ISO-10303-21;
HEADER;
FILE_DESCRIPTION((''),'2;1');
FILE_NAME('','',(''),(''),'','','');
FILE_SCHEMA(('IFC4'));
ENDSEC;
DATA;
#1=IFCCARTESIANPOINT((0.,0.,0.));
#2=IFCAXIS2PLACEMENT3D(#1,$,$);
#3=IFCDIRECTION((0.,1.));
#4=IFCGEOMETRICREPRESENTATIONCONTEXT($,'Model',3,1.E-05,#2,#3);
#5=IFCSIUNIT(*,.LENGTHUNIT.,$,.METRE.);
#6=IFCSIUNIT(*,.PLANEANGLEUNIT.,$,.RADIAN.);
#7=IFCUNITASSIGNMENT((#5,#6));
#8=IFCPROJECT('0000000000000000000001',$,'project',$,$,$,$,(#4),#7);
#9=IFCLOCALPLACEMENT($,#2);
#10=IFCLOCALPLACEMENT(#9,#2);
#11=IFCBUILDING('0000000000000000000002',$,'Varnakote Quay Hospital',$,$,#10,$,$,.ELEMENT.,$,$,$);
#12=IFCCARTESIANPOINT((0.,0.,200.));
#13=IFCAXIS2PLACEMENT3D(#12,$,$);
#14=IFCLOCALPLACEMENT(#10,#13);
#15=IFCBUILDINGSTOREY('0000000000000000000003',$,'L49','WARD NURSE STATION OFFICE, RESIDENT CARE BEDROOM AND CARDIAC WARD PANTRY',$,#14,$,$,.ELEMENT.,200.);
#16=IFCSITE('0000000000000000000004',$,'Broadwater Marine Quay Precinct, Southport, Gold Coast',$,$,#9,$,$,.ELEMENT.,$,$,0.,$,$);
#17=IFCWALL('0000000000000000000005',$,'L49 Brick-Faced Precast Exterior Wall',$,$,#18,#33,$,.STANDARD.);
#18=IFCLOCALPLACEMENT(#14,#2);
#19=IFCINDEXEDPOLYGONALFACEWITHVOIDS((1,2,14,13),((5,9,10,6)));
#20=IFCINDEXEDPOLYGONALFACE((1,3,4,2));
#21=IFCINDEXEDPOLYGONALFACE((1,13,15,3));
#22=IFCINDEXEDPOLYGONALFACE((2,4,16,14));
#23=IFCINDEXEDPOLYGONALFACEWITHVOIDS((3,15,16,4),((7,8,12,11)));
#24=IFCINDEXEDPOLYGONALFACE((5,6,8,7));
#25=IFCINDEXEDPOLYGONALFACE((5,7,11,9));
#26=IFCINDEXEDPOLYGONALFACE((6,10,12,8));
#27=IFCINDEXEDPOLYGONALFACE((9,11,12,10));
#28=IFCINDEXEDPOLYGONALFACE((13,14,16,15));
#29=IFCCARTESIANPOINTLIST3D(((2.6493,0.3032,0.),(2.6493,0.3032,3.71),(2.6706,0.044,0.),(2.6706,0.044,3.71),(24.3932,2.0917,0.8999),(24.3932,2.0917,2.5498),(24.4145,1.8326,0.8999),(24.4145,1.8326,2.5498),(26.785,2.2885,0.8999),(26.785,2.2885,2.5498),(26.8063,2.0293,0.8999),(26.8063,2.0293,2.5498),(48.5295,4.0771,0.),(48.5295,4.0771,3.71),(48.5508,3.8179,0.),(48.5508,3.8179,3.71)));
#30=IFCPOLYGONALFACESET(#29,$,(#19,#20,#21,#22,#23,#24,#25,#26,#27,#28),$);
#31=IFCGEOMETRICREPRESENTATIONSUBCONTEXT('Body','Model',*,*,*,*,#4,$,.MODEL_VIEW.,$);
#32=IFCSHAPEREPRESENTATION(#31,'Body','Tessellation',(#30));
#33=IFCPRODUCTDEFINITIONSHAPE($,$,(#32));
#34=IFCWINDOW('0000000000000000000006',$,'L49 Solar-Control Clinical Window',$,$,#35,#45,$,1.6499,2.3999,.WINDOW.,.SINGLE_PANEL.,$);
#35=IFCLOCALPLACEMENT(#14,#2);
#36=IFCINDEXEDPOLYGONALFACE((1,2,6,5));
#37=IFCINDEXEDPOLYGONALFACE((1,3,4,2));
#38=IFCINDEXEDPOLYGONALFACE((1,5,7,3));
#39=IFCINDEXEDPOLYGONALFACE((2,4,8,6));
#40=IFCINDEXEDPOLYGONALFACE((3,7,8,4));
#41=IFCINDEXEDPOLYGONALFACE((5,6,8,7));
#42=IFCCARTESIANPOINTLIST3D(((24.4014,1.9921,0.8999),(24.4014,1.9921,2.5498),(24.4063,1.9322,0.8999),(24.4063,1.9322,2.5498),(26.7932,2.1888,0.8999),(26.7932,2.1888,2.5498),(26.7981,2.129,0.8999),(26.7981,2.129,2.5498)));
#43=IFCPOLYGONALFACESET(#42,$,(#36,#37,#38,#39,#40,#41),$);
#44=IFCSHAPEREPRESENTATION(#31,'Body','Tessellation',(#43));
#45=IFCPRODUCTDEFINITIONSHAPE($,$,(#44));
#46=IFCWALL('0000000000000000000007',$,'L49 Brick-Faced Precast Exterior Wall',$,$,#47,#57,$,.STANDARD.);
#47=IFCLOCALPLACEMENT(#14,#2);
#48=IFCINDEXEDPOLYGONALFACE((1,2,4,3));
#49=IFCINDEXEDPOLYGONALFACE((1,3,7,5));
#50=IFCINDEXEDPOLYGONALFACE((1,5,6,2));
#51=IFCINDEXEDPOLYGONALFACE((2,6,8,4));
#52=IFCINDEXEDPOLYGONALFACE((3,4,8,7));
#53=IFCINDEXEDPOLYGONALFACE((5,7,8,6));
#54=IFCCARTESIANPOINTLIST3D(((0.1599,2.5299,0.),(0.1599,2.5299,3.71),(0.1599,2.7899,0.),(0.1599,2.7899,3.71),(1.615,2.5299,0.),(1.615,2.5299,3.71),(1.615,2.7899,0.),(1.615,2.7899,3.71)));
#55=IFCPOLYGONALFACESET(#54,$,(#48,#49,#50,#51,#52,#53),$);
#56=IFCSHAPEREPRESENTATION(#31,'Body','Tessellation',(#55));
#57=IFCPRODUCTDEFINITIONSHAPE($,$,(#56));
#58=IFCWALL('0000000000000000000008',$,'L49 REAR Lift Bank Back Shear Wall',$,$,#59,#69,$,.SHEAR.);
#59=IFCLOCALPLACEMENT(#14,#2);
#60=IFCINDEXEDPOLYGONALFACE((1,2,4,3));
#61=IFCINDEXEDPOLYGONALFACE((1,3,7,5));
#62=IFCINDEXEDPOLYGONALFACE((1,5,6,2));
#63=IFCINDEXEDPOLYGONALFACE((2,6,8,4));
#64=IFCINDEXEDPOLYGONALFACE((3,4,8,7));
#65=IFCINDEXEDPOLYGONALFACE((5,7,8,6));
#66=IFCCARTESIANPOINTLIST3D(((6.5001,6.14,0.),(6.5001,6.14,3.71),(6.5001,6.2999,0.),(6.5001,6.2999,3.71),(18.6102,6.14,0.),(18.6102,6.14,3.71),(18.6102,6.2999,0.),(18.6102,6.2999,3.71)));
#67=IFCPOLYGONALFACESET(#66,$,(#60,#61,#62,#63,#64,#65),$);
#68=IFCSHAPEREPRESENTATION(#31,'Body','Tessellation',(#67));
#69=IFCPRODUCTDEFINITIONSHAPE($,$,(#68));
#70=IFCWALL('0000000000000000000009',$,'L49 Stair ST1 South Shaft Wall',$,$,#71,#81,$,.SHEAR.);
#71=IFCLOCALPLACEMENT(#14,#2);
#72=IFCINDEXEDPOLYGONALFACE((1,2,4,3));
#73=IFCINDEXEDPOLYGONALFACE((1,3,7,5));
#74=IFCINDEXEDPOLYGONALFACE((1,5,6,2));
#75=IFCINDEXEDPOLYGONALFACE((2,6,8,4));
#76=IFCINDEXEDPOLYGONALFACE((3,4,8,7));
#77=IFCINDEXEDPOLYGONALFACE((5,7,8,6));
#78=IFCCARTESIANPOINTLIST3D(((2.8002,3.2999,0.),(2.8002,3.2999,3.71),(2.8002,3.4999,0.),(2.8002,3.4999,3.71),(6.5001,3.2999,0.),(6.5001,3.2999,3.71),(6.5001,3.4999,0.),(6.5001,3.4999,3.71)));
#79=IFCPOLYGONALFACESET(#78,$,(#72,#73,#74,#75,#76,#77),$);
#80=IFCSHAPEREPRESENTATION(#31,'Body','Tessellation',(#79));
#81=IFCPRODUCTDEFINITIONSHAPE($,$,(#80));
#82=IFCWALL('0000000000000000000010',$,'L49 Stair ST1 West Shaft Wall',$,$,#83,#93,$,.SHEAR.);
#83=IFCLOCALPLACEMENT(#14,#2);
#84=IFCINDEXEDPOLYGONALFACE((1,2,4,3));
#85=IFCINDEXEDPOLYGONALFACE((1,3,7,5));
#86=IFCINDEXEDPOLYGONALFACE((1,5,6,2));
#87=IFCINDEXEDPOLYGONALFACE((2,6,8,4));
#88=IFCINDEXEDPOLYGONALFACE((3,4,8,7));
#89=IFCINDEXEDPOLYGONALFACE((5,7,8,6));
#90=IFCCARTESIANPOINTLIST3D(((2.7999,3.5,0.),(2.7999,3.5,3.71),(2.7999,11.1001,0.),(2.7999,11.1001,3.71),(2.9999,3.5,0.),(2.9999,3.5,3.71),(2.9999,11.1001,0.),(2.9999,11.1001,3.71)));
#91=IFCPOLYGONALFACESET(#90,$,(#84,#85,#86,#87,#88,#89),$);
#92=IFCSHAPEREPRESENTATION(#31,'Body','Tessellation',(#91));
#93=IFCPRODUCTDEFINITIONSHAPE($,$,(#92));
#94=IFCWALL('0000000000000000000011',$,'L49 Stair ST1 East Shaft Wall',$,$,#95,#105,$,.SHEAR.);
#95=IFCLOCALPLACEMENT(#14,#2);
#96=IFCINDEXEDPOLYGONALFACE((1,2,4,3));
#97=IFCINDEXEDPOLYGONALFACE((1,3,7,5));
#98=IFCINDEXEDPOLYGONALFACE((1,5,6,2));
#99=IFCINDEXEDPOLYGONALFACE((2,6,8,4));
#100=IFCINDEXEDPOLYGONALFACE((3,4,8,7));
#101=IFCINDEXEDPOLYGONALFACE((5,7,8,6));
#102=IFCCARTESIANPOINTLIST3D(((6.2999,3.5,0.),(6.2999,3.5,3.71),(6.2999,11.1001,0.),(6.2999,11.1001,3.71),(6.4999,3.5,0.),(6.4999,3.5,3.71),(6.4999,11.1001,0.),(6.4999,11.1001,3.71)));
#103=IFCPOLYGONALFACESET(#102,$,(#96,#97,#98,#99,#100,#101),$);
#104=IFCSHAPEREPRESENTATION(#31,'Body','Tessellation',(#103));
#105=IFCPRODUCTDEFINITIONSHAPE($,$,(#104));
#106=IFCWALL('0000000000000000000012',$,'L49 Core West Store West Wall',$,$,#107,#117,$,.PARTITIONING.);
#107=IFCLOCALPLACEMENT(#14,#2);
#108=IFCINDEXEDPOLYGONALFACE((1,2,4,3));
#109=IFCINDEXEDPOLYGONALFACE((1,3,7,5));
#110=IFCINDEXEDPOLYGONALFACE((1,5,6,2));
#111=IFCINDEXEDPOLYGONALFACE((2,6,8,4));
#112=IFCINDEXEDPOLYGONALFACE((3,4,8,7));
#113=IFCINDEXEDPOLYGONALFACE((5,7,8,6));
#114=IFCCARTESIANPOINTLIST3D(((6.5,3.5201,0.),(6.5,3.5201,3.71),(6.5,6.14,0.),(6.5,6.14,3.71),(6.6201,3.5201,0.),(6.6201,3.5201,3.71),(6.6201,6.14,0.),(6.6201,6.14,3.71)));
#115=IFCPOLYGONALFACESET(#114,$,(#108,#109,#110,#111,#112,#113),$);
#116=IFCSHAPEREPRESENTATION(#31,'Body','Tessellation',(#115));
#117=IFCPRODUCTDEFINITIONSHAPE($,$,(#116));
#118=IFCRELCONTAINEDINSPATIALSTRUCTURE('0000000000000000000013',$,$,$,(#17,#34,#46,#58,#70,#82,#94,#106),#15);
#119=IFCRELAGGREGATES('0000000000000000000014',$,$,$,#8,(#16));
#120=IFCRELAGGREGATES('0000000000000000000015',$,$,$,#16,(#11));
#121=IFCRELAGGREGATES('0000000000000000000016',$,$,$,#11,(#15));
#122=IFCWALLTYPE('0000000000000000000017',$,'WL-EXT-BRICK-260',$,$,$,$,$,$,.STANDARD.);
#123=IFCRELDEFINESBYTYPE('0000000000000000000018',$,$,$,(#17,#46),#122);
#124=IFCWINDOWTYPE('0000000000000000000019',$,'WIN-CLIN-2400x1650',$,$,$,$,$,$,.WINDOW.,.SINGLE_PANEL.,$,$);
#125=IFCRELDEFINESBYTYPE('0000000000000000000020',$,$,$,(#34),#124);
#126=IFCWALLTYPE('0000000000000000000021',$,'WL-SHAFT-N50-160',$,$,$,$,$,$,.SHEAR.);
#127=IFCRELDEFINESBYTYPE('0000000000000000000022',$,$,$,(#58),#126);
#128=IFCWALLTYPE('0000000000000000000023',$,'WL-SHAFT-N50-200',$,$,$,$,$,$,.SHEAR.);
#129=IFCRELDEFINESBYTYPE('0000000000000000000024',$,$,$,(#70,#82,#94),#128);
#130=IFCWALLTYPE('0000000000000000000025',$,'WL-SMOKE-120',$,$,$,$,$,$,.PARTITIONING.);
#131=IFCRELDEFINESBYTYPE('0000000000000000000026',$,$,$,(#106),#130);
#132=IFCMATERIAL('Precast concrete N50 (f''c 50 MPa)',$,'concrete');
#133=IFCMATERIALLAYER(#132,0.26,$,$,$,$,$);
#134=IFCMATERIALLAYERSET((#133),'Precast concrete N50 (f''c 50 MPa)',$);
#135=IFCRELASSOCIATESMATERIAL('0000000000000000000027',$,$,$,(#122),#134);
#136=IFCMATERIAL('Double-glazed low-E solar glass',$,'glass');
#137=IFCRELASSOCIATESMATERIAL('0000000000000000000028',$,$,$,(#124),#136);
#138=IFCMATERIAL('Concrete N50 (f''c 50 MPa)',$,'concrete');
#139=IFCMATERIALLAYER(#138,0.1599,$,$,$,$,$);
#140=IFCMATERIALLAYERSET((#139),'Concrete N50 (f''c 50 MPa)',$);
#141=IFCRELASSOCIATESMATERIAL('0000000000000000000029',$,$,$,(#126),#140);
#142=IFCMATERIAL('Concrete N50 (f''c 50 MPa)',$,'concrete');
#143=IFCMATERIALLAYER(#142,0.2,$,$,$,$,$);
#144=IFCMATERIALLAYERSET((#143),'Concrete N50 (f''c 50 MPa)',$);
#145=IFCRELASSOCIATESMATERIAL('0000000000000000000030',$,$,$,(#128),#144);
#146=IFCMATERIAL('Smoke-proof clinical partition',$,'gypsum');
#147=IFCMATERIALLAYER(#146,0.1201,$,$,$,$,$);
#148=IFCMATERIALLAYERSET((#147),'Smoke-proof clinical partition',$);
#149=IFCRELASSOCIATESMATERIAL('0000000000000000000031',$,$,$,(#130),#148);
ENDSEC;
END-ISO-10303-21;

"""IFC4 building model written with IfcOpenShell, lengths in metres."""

from ifc_helpers import new_model, si_unit, direction, frame, frame_2d, origin, place, context, subcontext, project, spatial, rectangle, extrude, material, layer, layer_set, type_object, element, fill, save


model = new_model("IFC4")

# Units and contexts
model_context = context("Model", 3, precision=1e-05, world=origin(), true_north=direction((0.0, 1.0)))
body_context = subcontext(model_context, "Body", "Model", "MODEL_VIEW")
ifc_project = project(units=[si_unit("LENGTHUNIT", "METRE"), si_unit("PLANEANGLEUNIT", "RADIAN")], contexts=[model_context])

# Site, building, storey
site_placement = place(None, origin())
site = spatial("IfcSite", under=ifc_project, at=site_placement, Name="Broadwater Marine Quay Precinct, Southport, Gold Coast", CompositionType="ELEMENT", RefElevation=0.0)
building_placement = place(site_placement, origin())
building = spatial("IfcBuilding", under=site, at=building_placement, Name="Varnakote Quay Hospital", CompositionType="ELEMENT")
storey_placement = place(building_placement, frame((0.0, 0.0, 200.0)))
storey = spatial("IfcBuildingStorey", under=building, at=storey_placement, Name="L49", Description="WARD NURSE STATION OFFICE, RESIDENT CARE BEDROOM AND CARDIAC WARD PANTRY", CompositionType="ELEMENT", Elevation=200.0)

# Shared definitions
ifc_material_1 = material(Name="Precast concrete N50 (f'c 50 MPa)", Category="concrete")
ifc_layer_1 = layer(ifc_material_1, 0.26)
ifc_layer_set_1 = layer_set([ifc_layer_1], Name="Precast concrete N50 (f'c 50 MPa)")
wall_type_1 = type_object("IfcWallType", Name="WL-EXT-BRICK-260", PredefinedType="STANDARD", material=ifc_layer_set_1)

# Wall, opening, window
wall_1_placement = place(storey_placement, frame((2.6599, 0.1736, 0.0), z_axis=(0.0, 0.0, 1.0), x_axis=(0.996634, 0.081979, 0.0)))
wall_1 = element("IfcWall", 1, at=wall_1_placement, inside=storey, type_object=wall_type_1, Name="L49 Brick-Faced Precast Exterior Wall", PredefinedType="STANDARD", context=body_context, shape_type="SweptSolid", body=[
    extrude(rectangle(XDim=46.0352, YDim=0.26, at=frame_2d((23.0176, 0.0))), origin(), (0.0, 0.0, 1.0), 3.71),
])
opening_placement = place(wall_1_placement, frame((21.8174, 0.0, 0.8999)))
opening = element("IfcOpeningElement", 2, at=opening_placement, cuts=wall_1, PredefinedType="OPENING", context=body_context, shape_type="SweptSolid", body=[
    extrude(rectangle(XDim=2.3999, YDim=1.6499, at=frame_2d((1.2, 0.825))), frame((0.0, 0.1399, 0.0), z_axis=(0.0, -1.0, 0.0), x_axis=(1.0, 0.0, 0.0)), (0.0, 0.0, 1.0), 0.28),
])
ifc_material_2 = material(Name="Double-glazed low-E solar glass", Category="glass")
window_type = type_object("IfcWindowType", Name="WIN-CLIN-2400x1650", PartitioningType="SINGLE_PANEL", PredefinedType="WINDOW", material=ifc_material_2)
window_placement = place(opening_placement, origin())
window = element("IfcWindow", 3, at=window_placement, inside=storey, type_object=window_type, Name="L49 Solar-Control Clinical Window", OverallHeight=1.6499, OverallWidth=2.3999, PartitioningType="SINGLE_PANEL", PredefinedType="WINDOW", context=body_context, shape_type="SweptSolid", body=[
    extrude(rectangle(XDim=2.3999, YDim=1.6499, at=frame_2d((1.2, 0.825))), frame((0.0, 0.03, 0.0), z_axis=(0.0, -1.0, 0.0), x_axis=(1.0, 0.0, 0.0)), (0.0, 0.0, 1.0), 0.0601),
])
fill(opening, window)

# Walls
wall_2_placement = place(storey_placement, frame((0.1599, 2.6599, 0.0), z_axis=(0.0, 0.0, 1.0), x_axis=(1.0, 0.0, 0.0)))
element("IfcWall", 4, at=wall_2_placement, inside=storey, type_object=wall_type_1, Name="L49 Brick-Faced Precast Exterior Wall", PredefinedType="STANDARD", context=body_context, shape_type="SweptSolid", body=[
    extrude(rectangle(XDim=1.4551, YDim=0.26, at=frame_2d((0.7275, 0.0))), origin(), (0.0, 0.0, 1.0), 3.71),
])
ifc_material_3 = material(Name="Concrete N50 (f'c 50 MPa)", Category="concrete")
ifc_layer_2 = layer(ifc_material_3, 0.1599)
ifc_layer_set_2 = layer_set([ifc_layer_2], Name="Concrete N50 (f'c 50 MPa)")
wall_type_2 = type_object("IfcWallType", Name="WL-SHAFT-N50-160", PredefinedType="SHEAR", material=ifc_layer_set_2)
wall_3_placement = place(storey_placement, frame((6.5, 6.22, 0.0), z_axis=(0.0, 0.0, 1.0), x_axis=(1.0, 0.0, 0.0)))
element("IfcWall", 5, at=wall_3_placement, inside=storey, type_object=wall_type_2, Name="L49 REAR Lift Bank Back Shear Wall", PredefinedType="SHEAR", context=body_context, shape_type="SweptSolid", body=[
    extrude(rectangle(XDim=12.1101, YDim=0.1599, at=frame_2d((6.0552, 0.0))), origin(), (0.0, 0.0, 1.0), 3.71),
])
ifc_material_4 = material(Name="Concrete N50 (f'c 50 MPa)", Category="concrete")
ifc_layer_3 = layer(ifc_material_4, 0.2)
ifc_layer_set_3 = layer_set([ifc_layer_3], Name="Concrete N50 (f'c 50 MPa)")
wall_type_3 = type_object("IfcWallType", Name="WL-SHAFT-N50-200", PredefinedType="SHEAR", material=ifc_layer_set_3)
wall_4_placement = place(storey_placement, frame((2.8, 3.3999, 0.0), z_axis=(0.0, 0.0, 1.0), x_axis=(1.0, 0.0, 0.0)))
element("IfcWall", 6, at=wall_4_placement, inside=storey, type_object=wall_type_3, Name="L49 Stair ST1 South Shaft Wall", PredefinedType="SHEAR", context=body_context, shape_type="SweptSolid", body=[
    extrude(rectangle(XDim=3.7, YDim=0.2, at=frame_2d((1.8501, 0.0))), origin(), (0.0, 0.0, 1.0), 3.71),
])
for number, where, z_axis, x_axis, name in (
    (7, (2.8999, 3.5, 0.0), (0.0, 0.0, 1.0), (0.0, 1.0, 0.0), "L49 Stair ST1 West Shaft Wall"),
    (8, (6.3999, 3.5, 0.0), (0.0, 0.0, 1.0), (0.0, 1.0, 0.0), "L49 Stair ST1 East Shaft Wall"),
):
    element("IfcWall", number, at=place(storey_placement, frame(where, z_axis=z_axis, x_axis=x_axis)), inside=storey, type_object=wall_type_3, Name=name, PredefinedType="SHEAR", context=body_context, shape_type="SweptSolid", body=[
        extrude(rectangle(XDim=7.6001, YDim=0.2, at=frame_2d((3.8, 0.0))), origin(), (0.0, 0.0, 1.0), 3.71),
    ])
ifc_material_5 = material(Name="Smoke-proof clinical partition", Category="gypsum")
ifc_layer_4 = layer(ifc_material_5, 0.1201)
ifc_layer_set_4 = layer_set([ifc_layer_4], Name="Smoke-proof clinical partition")
wall_type_4 = type_object("IfcWallType", Name="WL-SMOKE-120", PredefinedType="PARTITIONING", material=ifc_layer_set_4)
wall_5_placement = place(storey_placement, frame((6.5601, 3.52, 0.0), z_axis=(0.0, 0.0, 1.0), x_axis=(0.0, 1.0, 0.0)))
element("IfcWall", 9, at=wall_5_placement, inside=storey, type_object=wall_type_4, Name="L49 Core West Store West Wall", PredefinedType="PARTITIONING", context=body_context, shape_type="SweptSolid", body=[
    extrude(rectangle(XDim=2.6199, YDim=0.1201, at=frame_2d((1.3101, 0.0))), origin(), (0.0, 0.0, 1.0), 3.71),
])

save(model, "model.ifc")
